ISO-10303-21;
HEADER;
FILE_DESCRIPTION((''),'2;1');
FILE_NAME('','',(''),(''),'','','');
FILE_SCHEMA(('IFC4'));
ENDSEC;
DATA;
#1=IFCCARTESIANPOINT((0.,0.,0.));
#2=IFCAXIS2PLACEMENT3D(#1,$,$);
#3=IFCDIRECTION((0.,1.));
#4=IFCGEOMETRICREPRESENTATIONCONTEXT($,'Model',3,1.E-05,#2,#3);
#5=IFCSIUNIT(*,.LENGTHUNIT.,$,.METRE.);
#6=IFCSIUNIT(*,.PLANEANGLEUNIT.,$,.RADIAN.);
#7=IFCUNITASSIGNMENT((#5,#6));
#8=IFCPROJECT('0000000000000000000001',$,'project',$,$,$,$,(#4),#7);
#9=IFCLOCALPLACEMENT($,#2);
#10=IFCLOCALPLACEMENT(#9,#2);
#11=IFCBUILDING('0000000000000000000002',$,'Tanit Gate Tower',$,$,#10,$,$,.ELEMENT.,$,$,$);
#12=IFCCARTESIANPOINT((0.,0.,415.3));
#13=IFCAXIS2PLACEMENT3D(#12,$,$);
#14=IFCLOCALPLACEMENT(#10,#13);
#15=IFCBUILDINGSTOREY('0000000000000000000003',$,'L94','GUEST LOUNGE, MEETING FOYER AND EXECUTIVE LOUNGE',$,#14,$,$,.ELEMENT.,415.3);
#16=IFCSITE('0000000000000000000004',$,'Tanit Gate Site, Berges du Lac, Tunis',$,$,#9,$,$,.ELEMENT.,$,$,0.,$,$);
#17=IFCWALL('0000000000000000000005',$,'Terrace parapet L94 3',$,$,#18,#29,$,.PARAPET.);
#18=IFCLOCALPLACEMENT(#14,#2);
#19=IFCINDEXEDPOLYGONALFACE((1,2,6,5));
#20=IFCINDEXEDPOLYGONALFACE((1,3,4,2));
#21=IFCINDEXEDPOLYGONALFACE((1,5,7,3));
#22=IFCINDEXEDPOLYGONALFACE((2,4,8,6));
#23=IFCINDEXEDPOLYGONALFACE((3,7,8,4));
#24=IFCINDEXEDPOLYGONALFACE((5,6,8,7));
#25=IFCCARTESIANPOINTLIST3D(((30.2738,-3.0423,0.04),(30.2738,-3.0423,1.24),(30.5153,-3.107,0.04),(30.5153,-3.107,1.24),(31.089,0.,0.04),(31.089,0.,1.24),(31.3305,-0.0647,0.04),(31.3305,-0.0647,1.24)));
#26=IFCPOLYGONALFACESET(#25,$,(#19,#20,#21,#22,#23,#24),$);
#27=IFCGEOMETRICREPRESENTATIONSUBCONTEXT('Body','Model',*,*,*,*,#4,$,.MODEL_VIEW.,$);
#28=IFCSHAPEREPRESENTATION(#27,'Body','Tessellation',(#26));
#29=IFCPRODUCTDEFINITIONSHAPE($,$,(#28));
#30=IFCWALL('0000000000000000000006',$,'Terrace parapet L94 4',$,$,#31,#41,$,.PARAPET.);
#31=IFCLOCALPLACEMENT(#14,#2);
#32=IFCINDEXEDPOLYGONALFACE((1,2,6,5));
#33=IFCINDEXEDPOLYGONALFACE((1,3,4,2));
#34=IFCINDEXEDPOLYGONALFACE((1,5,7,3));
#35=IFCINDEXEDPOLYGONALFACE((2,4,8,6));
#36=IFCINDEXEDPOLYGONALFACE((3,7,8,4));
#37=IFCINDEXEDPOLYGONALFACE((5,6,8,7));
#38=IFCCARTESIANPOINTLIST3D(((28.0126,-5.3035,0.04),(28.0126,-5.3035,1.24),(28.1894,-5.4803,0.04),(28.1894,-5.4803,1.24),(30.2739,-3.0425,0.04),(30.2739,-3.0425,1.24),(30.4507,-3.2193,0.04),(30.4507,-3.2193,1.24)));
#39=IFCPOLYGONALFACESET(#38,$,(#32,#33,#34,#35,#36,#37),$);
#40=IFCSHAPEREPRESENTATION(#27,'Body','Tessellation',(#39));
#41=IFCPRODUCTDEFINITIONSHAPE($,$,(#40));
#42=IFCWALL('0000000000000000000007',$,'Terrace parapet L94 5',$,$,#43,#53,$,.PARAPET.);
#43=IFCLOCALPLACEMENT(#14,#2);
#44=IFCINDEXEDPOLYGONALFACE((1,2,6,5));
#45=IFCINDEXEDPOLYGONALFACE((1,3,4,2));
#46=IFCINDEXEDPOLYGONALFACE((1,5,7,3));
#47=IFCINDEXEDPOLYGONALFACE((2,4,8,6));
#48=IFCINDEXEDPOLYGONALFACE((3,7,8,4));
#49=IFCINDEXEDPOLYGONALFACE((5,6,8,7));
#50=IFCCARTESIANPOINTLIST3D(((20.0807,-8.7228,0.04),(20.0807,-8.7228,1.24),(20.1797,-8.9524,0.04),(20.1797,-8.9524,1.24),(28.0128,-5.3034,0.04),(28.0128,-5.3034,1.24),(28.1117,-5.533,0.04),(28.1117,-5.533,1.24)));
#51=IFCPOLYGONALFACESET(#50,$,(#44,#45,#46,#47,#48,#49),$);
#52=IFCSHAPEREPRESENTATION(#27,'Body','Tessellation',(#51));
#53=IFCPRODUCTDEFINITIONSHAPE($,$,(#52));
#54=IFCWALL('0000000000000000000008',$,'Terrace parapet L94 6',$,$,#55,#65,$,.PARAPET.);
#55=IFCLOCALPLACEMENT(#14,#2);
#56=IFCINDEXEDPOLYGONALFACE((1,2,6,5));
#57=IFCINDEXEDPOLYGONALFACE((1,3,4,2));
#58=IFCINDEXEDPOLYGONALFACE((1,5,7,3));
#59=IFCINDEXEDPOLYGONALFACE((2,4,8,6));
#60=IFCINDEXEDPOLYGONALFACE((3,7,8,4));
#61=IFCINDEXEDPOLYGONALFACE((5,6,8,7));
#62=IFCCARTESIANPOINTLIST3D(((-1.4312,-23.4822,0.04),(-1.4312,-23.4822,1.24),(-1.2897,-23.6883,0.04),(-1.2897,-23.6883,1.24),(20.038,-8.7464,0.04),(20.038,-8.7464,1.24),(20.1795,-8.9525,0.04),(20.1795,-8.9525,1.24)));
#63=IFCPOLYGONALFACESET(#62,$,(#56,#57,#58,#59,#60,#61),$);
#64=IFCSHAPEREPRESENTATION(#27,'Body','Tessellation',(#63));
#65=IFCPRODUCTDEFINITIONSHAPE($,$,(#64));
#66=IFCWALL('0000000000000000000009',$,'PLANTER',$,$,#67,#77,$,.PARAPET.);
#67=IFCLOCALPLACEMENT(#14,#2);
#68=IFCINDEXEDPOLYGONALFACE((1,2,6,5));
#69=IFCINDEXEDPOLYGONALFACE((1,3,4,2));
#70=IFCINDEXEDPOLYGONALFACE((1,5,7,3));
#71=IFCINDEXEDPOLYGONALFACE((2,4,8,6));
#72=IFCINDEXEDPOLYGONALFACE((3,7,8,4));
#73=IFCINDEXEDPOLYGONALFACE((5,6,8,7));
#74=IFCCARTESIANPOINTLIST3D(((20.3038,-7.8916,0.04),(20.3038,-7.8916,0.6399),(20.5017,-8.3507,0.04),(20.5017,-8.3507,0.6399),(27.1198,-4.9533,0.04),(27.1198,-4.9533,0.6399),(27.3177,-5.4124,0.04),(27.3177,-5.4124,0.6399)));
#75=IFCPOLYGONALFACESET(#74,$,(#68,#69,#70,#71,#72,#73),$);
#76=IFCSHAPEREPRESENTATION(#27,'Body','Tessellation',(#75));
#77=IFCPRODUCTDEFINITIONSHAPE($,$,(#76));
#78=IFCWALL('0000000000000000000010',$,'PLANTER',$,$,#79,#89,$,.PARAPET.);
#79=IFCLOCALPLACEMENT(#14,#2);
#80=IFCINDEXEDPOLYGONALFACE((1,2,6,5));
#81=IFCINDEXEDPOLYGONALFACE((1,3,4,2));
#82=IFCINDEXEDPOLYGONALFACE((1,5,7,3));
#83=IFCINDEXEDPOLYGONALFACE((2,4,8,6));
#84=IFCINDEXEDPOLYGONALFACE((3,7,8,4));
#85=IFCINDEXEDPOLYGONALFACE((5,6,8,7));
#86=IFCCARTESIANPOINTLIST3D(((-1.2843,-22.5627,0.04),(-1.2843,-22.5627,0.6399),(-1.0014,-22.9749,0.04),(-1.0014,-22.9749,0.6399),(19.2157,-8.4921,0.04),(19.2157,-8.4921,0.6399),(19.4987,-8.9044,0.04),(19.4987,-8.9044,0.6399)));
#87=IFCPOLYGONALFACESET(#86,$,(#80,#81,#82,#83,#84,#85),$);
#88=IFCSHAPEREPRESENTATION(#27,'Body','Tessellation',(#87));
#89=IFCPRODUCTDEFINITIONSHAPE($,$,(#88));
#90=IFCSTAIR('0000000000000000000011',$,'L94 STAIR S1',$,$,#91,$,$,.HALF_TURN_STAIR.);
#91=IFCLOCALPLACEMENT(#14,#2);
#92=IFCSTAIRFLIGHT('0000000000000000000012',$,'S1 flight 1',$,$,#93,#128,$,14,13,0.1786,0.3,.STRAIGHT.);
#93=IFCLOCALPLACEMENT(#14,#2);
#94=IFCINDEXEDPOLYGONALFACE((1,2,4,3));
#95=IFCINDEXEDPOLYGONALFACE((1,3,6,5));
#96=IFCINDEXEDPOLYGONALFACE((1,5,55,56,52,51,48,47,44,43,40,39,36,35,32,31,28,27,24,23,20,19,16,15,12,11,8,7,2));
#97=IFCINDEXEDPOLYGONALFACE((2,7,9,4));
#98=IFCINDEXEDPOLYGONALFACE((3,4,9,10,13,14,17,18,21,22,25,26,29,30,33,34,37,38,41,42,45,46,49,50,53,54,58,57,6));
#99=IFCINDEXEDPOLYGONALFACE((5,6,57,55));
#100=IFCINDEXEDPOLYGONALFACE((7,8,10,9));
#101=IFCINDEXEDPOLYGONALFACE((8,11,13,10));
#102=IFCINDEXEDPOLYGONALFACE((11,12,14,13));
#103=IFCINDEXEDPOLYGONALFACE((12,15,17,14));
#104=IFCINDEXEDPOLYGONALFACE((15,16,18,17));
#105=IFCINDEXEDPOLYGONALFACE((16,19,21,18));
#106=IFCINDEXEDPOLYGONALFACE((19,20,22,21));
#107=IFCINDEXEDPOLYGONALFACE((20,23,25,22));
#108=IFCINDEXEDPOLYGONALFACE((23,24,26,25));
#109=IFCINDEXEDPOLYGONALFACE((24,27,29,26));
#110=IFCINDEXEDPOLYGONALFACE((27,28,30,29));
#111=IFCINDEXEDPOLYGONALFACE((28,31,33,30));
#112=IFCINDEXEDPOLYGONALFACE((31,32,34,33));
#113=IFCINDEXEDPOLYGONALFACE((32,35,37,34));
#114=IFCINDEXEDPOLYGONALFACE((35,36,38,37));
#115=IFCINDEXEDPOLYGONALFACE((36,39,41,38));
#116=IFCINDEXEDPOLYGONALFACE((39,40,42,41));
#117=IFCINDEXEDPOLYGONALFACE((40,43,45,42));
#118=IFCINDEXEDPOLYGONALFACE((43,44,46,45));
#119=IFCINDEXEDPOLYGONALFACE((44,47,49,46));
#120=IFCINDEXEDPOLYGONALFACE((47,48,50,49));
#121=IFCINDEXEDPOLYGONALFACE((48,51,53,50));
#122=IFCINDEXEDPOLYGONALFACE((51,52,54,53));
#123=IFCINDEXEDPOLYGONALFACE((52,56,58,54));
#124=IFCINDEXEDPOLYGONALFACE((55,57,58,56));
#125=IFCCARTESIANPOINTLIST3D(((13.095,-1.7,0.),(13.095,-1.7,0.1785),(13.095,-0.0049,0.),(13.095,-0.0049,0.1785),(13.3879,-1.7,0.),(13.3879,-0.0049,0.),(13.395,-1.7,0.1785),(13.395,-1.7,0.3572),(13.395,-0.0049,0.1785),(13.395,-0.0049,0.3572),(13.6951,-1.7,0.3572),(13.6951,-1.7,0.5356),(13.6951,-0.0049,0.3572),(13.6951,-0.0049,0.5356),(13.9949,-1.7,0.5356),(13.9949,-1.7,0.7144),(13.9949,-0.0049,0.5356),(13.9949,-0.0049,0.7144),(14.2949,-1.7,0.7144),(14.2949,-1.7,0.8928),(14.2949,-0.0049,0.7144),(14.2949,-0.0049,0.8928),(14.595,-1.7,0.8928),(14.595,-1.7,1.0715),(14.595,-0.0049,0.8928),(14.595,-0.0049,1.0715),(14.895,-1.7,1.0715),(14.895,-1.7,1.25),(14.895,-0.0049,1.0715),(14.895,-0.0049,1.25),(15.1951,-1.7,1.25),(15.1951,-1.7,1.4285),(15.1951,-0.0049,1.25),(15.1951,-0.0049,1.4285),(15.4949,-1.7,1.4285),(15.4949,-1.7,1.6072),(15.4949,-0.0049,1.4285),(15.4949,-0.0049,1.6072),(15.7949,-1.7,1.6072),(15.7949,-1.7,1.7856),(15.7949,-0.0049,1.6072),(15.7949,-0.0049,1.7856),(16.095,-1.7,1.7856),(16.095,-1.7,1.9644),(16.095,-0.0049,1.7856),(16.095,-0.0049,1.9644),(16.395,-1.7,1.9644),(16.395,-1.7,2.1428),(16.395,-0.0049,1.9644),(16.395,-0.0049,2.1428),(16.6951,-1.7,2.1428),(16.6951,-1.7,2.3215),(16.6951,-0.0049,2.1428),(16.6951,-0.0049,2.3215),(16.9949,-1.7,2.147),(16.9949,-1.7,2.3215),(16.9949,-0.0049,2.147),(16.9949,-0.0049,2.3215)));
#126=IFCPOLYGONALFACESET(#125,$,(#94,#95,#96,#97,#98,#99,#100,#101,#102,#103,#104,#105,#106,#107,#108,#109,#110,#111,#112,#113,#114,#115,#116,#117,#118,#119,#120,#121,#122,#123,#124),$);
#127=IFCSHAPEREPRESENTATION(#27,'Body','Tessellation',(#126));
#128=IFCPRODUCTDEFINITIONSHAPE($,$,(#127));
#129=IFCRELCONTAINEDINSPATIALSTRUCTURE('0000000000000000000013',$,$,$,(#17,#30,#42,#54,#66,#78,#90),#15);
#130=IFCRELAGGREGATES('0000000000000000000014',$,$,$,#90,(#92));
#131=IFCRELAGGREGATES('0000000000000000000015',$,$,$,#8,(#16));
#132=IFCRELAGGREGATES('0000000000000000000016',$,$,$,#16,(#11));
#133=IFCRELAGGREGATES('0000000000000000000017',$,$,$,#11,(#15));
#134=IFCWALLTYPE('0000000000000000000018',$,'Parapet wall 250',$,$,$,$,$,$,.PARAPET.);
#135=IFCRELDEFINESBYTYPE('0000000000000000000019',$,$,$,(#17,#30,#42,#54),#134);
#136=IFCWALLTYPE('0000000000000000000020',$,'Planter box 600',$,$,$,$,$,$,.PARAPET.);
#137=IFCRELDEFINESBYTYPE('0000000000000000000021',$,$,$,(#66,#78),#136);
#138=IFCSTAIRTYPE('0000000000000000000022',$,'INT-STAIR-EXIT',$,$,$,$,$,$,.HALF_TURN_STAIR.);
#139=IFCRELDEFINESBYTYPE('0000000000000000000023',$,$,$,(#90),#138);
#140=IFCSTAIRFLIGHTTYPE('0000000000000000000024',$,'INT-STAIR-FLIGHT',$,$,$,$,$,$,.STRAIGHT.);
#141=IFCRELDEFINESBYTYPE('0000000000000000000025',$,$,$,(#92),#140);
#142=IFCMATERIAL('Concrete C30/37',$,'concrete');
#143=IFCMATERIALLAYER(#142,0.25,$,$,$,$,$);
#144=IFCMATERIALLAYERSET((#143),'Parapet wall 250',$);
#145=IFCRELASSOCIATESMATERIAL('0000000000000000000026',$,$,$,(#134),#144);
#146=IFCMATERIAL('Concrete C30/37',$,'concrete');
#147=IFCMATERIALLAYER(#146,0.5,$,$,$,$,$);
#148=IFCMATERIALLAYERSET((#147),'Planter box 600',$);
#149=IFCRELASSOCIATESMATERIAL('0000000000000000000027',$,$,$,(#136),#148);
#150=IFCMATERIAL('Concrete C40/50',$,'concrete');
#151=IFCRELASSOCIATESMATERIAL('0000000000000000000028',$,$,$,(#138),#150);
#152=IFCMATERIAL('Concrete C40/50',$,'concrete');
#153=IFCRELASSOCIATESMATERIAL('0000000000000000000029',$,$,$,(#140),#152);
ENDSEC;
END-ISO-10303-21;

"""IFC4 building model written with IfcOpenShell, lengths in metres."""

from ifc_helpers import new_model, si_unit, direction, frame, frame_2d, origin, place, context, subcontext, project, spatial, polyline, rectangle, outline, extrude, material, layer, layer_set, type_object, element, aggregate, save


model = new_model("IFC4")

# Units and contexts
model_context = context("Model", 3, precision=1e-05, world=origin(), true_north=direction((0.0, 1.0)))
body_context = subcontext(model_context, "Body", "Model", "MODEL_VIEW")
ifc_project = project(units=[si_unit("LENGTHUNIT", "METRE"), si_unit("PLANEANGLEUNIT", "RADIAN")], contexts=[model_context])

# Site, building, storey
site_placement = place(None, origin())
site = spatial("IfcSite", under=ifc_project, at=site_placement, Name="Tanit Gate Site, Berges du Lac, Tunis", CompositionType="ELEMENT", RefElevation=0.0)
building_placement = place(site_placement, origin())
building = spatial("IfcBuilding", under=site, at=building_placement, Name="Tanit Gate Tower", CompositionType="ELEMENT")
storey_placement = place(building_placement, frame((0.0, 0.0, 415.3)))
storey = spatial("IfcBuildingStorey", under=building, at=storey_placement, Name="L94", Description="GUEST LOUNGE, MEETING FOYER AND EXECUTIVE LOUNGE", CompositionType="ELEMENT", Elevation=415.3)

# Walls
ifc_material_1 = material(Name="Concrete C30/37", Category="concrete")
ifc_layer_1 = layer(ifc_material_1, 0.25)
ifc_layer_set_1 = layer_set([ifc_layer_1], Name="Parapet wall 250")
wall_type_1 = type_object("IfcWallType", Name="Parapet wall 250", PredefinedType="PARAPET", material=ifc_layer_set_1)
wall_1_placement = place(storey_placement, frame((31.2097, -0.0325, 0.04), z_axis=(0.0, 0.0, 1.0), x_axis=(-0.258825, -0.965924, 0.0)))
element("IfcWall", 1, at=wall_1_placement, inside=storey, type_object=wall_type_1, Name="Terrace parapet L94 3", PredefinedType="PARAPET", context=body_context, shape_type="SweptSolid", body=[
    extrude(rectangle(XDim=3.1497, YDim=0.25, at=frame_2d((1.5747, 0.0))), origin(), (0.0, 0.0, 1.0), 1.2),
])
wall_2_placement = place(storey_placement, frame((30.3623, -3.1309, 0.04), z_axis=(0.0, 0.0, 1.0), x_axis=(-0.707145, -0.707069, 0.0)))
element("IfcWall", 2, at=wall_2_placement, inside=storey, type_object=wall_type_1, Name="Terrace parapet L94 4", PredefinedType="PARAPET", context=body_context, shape_type="SweptSolid", body=[
    extrude(rectangle(XDim=3.1978, YDim=0.25, at=frame_2d((1.5989, 0.0))), origin(), (0.0, 0.0, 1.0), 1.2),
])
wall_3_placement = place(storey_placement, frame((28.0623, -5.4182, 0.04), z_axis=(0.0, 0.0, 1.0), x_axis=(-0.918307, -0.39587, 0.0)))
element("IfcWall", 3, at=wall_3_placement, inside=storey, type_object=wall_type_1, Name="Terrace parapet L94 5", PredefinedType="PARAPET", context=body_context, shape_type="SweptSolid", body=[
    extrude(rectangle(XDim=8.6377, YDim=0.25, at=frame_2d((4.3188, 0.0))), origin(), (0.0, 0.0, 1.0), 1.2),
])
wall_4_placement = place(storey_placement, frame((20.1089, -8.8494, 0.04), z_axis=(0.0, 0.0, 1.0), x_axis=(-0.824477, -0.565896, 0.0)))
element("IfcWall", 4, at=wall_4_placement, inside=storey, type_object=wall_type_1, Name="Terrace parapet L94 6", PredefinedType="PARAPET", context=body_context, shape_type="SweptSolid", body=[
    extrude(rectangle(XDim=26.0398, YDim=0.25, at=frame_2d((13.02, 0.0))), origin(), (0.0, 0.0, 1.0), 1.2),
])
ifc_material_2 = material(Name="Concrete C30/37", Category="concrete")
ifc_layer_2 = layer(ifc_material_2, 0.5)
ifc_layer_set_2 = layer_set([ifc_layer_2], Name="Planter box 600")
wall_type_2 = type_object("IfcWallType", Name="Planter box 600", PredefinedType="PARAPET", material=ifc_layer_set_2)
wall_5_placement = place(storey_placement, frame((27.2188, -5.1829, 0.04), z_axis=(0.0, 0.0, 1.0), x_axis=(-0.918308, -0.395868, 0.0)))
element("IfcWall", 5, at=wall_5_placement, inside=storey, type_object=wall_type_2, Name="PLANTER", PredefinedType="PARAPET", context=body_context, shape_type="SweptSolid", body=[
    extrude(rectangle(XDim=7.4224, YDim=0.5, at=frame_2d((3.7112, 0.0))), origin(), (0.0, 0.0, 1.0), 0.5999),
])
wall_6_placement = place(storey_placement, frame((19.3572, -8.6982, 0.04), z_axis=(0.0, 0.0, 1.0), x_axis=(-0.824477, -0.565895, 0.0)))
element("IfcWall", 6, at=wall_6_placement, inside=storey, type_object=wall_type_2, Name="PLANTER", PredefinedType="PARAPET", context=body_context, shape_type="SweptSolid", body=[
    extrude(rectangle(XDim=24.8643, YDim=0.5, at=frame_2d((12.4321, 0.0))), origin(), (0.0, 0.0, 1.0), 0.5999),
])

# Stair, stair flight
ifc_material_3 = material(Name="Concrete C40/50", Category="concrete")
stair_type = type_object("IfcStairType", Name="INT-STAIR-EXIT", PredefinedType="HALF_TURN_STAIR", material=ifc_material_3)
stair_placement = place(storey_placement, origin())
stair = element("IfcStair", 7, at=stair_placement, inside=storey, type_object=stair_type, Name="L94 STAIR S1", PredefinedType="HALF_TURN_STAIR")
ifc_material_4 = material(Name="Concrete C40/50", Category="concrete")
stair_flight_type = type_object("IfcStairFlightType", Name="INT-STAIR-FLIGHT", PredefinedType="STRAIGHT", material=ifc_material_4)
stair_flight_placement = place(storey_placement, frame((13.095, -0.8525, 0.0), z_axis=(0.0, 0.0, 1.0), x_axis=(1.0, 0.0, 0.0)))
stair_flight = element("IfcStairFlight", 8, at=stair_flight_placement, type_object=stair_flight_type, Name="S1 flight 1", NumberOfRisers=14, NumberOfTreads=13, PredefinedType="STRAIGHT", RiserHeight=0.1786, TreadLength=0.3, context=body_context, shape_type="SweptSolid", body=[
    extrude(outline(polyline([(0.0, 0.0), (0.0, 0.1785), (0.3, 0.1785), (0.3, 0.3572), (0.6001, 0.3572), (0.6001, 0.5356), (0.8999, 0.5356), (0.8999, 0.7144), (1.2, 0.7144), (1.2, 0.8928), (1.5, 0.8928), (1.5, 1.0715), (1.8, 1.0715), (1.8, 1.25), (2.1001, 1.25), (2.1001, 1.4285), (2.3999, 1.4285), (2.3999, 1.6072), (2.7, 1.6072), (2.7, 1.7856), (3.0, 1.7856), (3.0, 1.9644), (3.3, 1.9644), (3.3, 2.1428), (3.6001, 2.1428), (3.6001, 2.3215), (3.8999, 2.3215), (3.8999, 2.5), (3.8999, 2.147), (0.293, 0.0), (0.0, 0.0)])), frame((0.0, 0.8477, 0.0), z_axis=(0.0, -1.0, 0.0), x_axis=(1.0, 0.0, 0.0)), (0.0, 0.0, 1.0), 1.6951),
])
aggregate(stair, [stair_flight])

save(model, "model.ifc")
